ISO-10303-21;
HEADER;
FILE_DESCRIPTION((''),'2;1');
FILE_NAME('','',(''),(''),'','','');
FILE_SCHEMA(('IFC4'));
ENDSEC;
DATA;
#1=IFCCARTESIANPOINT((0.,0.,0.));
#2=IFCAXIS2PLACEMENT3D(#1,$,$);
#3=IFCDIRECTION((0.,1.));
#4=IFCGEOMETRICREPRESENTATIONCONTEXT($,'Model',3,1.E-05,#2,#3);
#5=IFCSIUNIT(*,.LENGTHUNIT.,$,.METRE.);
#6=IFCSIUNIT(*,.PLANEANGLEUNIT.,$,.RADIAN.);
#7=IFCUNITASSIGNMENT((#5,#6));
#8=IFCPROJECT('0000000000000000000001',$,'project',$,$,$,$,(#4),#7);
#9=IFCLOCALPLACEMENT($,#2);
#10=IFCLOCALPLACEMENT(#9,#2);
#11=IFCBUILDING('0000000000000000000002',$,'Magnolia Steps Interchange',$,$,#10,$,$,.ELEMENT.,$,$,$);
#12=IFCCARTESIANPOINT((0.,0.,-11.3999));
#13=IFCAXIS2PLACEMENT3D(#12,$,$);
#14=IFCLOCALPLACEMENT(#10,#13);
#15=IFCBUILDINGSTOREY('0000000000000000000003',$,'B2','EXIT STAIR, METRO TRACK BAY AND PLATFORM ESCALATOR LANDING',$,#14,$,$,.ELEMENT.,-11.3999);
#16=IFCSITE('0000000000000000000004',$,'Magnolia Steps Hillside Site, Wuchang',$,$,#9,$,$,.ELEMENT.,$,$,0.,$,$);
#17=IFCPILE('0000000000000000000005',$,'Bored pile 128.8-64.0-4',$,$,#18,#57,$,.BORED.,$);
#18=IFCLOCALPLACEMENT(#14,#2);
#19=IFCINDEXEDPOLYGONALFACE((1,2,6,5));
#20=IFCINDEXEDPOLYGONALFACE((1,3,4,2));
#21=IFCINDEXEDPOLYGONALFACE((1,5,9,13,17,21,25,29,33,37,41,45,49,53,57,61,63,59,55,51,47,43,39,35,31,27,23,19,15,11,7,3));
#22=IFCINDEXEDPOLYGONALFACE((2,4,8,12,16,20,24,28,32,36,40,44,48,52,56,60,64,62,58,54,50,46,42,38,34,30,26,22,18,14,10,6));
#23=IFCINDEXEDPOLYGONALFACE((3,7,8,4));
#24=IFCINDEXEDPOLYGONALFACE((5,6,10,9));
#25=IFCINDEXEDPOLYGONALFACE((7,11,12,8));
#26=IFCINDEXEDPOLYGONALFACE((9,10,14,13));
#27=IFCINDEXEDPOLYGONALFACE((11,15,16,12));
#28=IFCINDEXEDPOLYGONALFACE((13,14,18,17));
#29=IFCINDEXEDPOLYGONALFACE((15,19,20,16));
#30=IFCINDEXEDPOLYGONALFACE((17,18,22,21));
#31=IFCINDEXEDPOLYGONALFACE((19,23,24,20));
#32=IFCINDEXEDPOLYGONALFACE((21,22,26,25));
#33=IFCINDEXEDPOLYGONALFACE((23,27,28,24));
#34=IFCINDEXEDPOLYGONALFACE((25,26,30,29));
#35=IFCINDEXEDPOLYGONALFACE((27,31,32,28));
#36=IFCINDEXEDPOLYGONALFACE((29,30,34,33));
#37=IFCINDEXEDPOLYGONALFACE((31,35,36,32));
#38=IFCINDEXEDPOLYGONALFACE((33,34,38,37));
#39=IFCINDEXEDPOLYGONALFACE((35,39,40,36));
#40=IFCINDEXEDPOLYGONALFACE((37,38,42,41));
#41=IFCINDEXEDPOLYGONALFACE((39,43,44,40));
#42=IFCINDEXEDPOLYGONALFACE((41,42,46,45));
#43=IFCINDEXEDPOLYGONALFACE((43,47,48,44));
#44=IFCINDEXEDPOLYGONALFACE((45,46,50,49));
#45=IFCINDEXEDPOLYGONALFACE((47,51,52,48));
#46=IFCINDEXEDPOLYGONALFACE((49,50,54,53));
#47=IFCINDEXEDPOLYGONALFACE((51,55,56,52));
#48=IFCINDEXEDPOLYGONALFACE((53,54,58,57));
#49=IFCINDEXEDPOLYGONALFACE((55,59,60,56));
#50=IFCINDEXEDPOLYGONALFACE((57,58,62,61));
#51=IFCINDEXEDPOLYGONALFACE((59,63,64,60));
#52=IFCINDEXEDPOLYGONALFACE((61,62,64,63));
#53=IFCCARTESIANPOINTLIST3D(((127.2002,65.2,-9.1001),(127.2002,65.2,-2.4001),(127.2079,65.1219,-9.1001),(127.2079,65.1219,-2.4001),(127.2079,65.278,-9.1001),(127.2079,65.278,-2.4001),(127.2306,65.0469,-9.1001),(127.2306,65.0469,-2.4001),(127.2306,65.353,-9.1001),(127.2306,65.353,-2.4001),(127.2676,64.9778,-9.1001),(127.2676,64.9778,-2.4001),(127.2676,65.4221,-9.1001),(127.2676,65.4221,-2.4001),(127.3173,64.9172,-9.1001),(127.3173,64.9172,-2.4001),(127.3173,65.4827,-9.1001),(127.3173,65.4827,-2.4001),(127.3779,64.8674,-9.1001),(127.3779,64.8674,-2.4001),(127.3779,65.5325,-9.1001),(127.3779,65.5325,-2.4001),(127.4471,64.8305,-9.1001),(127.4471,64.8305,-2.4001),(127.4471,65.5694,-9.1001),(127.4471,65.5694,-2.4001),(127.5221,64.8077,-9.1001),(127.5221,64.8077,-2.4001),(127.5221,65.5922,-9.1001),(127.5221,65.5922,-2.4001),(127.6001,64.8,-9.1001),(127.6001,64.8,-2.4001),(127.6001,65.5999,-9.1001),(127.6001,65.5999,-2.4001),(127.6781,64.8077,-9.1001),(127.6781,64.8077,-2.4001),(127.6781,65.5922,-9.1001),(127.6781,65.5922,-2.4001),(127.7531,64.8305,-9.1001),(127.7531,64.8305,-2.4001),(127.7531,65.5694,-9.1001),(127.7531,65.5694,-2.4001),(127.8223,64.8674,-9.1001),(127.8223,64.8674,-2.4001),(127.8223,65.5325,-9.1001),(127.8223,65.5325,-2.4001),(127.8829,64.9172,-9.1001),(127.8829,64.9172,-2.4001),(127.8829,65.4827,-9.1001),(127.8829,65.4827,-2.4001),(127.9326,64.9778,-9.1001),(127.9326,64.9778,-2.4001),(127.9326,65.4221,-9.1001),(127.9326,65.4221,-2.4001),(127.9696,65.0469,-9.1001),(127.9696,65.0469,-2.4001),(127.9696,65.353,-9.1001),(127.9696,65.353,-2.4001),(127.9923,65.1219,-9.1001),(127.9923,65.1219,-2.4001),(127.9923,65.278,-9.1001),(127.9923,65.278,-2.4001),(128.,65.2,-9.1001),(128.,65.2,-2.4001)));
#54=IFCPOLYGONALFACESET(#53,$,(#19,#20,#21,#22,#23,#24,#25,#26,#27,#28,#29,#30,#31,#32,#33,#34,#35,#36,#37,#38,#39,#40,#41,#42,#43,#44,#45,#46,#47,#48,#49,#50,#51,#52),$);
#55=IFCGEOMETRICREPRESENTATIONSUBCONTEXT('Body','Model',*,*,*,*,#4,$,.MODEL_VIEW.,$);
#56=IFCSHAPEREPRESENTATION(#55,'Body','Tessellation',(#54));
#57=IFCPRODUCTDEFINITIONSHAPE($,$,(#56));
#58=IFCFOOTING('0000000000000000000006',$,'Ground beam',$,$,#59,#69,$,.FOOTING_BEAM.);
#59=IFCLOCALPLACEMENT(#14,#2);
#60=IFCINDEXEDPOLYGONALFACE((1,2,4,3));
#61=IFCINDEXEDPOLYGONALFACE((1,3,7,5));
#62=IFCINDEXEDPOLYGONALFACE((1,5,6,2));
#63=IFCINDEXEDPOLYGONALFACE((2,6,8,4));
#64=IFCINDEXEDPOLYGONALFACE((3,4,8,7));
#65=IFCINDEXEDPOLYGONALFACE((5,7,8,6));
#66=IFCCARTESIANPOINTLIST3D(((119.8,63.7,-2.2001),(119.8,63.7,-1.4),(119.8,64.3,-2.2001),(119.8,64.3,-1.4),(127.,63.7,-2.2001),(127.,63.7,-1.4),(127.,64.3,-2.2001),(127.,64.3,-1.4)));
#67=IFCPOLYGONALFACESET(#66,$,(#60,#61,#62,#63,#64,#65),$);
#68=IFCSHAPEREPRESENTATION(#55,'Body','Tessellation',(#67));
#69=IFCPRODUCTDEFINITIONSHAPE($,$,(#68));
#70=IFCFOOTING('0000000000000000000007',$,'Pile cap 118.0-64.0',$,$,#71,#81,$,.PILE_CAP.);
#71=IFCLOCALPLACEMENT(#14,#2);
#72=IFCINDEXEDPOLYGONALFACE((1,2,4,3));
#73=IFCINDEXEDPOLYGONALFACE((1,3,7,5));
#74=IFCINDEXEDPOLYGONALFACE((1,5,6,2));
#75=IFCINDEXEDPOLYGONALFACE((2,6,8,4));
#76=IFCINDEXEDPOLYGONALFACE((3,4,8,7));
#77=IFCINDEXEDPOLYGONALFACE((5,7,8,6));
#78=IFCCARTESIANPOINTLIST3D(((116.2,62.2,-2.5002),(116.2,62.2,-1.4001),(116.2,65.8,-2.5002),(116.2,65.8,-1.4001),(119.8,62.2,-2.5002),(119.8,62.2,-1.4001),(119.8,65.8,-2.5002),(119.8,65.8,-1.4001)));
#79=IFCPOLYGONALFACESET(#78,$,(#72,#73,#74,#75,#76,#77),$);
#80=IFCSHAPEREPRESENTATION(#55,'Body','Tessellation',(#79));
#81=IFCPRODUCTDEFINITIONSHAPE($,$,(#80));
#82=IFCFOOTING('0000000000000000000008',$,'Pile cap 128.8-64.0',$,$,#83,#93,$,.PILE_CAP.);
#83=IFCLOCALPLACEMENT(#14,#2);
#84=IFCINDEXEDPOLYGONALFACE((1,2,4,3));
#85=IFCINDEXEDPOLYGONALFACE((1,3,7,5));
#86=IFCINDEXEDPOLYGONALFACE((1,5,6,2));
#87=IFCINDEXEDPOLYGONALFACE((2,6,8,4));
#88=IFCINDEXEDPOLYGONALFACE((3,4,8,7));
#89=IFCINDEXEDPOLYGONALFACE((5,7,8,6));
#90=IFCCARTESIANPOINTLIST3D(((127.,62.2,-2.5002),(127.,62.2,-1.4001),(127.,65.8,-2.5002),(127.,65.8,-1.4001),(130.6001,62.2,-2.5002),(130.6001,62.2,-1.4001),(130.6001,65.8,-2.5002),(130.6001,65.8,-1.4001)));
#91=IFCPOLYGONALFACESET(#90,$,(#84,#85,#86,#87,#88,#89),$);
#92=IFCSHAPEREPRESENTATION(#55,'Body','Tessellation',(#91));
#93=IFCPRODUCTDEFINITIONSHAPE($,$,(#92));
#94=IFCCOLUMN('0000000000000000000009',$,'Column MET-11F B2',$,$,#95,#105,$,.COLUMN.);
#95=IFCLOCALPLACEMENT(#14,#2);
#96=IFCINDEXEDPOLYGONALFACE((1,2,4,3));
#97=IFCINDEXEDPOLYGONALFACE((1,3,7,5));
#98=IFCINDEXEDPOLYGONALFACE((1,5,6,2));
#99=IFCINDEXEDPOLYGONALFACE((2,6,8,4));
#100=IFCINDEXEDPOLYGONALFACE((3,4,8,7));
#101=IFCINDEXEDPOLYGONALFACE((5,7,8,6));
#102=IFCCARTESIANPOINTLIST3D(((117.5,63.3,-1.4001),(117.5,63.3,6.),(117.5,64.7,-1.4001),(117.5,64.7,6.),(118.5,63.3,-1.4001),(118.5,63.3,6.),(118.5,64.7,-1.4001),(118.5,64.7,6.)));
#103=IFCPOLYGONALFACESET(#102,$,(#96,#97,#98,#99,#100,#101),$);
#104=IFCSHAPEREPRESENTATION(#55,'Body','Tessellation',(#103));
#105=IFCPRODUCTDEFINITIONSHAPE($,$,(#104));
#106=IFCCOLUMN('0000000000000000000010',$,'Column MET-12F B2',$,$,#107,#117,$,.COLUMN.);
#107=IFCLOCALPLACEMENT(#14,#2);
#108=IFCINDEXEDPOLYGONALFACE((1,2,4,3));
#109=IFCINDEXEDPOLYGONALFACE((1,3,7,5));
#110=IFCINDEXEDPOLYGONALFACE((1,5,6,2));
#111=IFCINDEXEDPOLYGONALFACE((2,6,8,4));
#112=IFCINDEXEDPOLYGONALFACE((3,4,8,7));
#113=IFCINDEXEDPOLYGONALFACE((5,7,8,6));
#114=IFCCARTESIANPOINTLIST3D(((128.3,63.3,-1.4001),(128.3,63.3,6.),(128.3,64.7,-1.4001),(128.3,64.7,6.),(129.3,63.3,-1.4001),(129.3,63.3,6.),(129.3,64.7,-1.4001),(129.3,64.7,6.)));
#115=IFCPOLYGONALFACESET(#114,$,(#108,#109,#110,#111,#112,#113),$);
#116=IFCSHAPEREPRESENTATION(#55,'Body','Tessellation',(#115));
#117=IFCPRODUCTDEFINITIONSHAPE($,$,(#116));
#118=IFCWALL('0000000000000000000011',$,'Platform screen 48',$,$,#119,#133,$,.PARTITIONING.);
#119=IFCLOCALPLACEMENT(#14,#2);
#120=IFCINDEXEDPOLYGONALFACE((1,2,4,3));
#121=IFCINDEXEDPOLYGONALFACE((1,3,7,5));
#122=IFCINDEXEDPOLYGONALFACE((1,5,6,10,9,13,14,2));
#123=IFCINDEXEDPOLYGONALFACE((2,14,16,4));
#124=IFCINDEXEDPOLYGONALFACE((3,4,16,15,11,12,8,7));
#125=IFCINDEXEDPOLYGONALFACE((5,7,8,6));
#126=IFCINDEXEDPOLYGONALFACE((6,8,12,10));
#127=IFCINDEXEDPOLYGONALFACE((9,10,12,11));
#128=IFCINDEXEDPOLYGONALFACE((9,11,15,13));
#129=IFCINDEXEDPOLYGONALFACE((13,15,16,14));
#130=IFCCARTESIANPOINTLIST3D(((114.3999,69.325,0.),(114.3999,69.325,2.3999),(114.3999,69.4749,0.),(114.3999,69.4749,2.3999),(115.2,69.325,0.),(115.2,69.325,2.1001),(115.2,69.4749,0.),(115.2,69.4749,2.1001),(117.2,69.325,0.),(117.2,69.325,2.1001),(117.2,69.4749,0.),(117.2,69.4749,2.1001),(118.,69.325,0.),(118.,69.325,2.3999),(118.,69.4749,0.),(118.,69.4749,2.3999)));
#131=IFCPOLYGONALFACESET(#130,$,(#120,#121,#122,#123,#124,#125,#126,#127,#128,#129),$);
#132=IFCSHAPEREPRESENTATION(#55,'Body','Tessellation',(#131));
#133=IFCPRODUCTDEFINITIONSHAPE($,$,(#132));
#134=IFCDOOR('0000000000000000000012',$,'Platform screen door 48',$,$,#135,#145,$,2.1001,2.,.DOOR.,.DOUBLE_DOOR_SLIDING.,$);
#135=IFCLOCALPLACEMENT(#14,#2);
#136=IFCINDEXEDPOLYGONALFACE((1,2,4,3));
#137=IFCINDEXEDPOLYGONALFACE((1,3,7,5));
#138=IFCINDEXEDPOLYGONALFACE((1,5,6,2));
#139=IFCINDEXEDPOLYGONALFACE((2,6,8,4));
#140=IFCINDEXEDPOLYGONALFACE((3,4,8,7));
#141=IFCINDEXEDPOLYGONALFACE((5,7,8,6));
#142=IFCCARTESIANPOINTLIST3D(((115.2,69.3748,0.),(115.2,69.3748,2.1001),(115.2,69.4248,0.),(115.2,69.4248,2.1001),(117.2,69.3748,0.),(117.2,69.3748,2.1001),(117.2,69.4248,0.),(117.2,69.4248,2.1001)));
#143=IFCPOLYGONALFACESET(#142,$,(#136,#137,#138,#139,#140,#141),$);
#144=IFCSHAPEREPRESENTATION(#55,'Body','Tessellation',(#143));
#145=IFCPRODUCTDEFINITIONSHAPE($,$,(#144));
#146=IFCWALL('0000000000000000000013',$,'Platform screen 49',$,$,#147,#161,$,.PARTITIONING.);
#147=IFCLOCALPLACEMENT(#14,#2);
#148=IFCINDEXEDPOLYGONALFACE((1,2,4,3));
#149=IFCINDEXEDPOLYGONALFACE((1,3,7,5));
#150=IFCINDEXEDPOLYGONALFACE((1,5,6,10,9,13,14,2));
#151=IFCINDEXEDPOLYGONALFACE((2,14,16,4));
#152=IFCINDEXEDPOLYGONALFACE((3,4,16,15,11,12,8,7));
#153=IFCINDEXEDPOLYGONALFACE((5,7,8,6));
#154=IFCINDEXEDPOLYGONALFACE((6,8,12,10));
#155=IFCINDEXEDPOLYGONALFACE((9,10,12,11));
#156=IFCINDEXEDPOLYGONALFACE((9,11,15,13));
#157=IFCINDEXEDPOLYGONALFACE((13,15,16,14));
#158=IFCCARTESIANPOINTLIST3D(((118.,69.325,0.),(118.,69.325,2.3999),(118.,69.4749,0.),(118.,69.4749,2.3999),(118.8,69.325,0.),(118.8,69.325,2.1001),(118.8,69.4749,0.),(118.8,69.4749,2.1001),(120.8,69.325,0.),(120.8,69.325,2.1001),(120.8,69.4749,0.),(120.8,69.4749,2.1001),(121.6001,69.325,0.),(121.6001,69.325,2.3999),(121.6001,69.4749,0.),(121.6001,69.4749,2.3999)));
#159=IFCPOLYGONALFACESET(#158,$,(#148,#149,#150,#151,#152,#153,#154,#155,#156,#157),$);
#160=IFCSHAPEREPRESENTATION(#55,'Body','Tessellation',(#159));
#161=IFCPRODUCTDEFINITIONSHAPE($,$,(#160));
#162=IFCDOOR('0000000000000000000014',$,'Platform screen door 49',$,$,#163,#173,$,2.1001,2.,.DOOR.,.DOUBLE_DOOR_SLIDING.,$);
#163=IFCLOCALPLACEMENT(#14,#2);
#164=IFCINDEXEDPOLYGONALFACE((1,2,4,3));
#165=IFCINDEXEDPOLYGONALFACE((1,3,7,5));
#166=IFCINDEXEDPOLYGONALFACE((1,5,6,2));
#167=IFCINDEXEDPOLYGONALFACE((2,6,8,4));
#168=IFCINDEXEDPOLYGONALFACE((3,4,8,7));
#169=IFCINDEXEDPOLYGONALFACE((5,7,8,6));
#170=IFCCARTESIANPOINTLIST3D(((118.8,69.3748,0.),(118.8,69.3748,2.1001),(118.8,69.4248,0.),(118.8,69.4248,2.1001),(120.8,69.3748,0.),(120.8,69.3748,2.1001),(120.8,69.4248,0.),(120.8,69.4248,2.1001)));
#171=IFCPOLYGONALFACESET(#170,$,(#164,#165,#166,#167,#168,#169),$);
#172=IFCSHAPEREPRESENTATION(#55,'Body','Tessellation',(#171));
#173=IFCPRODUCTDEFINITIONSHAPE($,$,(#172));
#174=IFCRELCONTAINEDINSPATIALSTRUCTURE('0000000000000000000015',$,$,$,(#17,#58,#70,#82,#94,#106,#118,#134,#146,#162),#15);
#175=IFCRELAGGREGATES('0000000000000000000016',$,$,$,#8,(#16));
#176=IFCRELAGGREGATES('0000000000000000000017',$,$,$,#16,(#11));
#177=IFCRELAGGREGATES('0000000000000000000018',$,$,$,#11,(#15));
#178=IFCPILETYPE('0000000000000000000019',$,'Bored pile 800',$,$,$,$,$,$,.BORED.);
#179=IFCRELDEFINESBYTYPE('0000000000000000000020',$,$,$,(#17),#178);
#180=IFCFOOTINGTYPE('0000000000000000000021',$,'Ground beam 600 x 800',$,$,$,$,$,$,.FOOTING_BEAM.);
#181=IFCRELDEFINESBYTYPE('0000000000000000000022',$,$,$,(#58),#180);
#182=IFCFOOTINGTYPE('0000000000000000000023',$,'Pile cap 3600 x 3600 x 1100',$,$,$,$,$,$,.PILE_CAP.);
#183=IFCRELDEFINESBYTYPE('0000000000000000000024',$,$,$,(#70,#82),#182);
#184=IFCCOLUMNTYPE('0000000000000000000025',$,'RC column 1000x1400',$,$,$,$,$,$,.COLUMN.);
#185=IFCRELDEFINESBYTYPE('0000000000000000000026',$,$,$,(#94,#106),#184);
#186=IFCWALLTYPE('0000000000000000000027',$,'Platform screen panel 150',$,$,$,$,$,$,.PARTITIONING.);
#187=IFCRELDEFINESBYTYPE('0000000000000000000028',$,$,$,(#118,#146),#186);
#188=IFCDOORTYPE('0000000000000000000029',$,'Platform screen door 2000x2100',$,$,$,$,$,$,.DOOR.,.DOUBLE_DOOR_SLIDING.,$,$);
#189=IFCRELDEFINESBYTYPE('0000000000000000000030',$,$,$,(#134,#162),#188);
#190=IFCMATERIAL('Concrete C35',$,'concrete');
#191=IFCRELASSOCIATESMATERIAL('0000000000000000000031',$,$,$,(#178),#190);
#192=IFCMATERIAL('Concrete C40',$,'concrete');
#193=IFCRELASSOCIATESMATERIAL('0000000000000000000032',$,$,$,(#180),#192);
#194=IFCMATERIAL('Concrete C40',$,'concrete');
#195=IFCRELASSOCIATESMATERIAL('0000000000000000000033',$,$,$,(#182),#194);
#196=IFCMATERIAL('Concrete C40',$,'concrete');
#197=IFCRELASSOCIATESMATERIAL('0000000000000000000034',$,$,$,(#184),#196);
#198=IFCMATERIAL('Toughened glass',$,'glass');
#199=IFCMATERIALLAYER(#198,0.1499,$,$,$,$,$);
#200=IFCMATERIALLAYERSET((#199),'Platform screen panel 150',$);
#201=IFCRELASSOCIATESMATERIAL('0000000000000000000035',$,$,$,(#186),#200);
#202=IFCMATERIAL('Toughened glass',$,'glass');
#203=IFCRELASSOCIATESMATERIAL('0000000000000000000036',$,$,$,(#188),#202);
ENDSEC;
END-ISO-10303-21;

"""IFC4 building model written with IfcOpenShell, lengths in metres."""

from ifc_helpers import new_model, si_unit, direction, frame, frame_2d, origin, origin_2d, place, context, subcontext, project, spatial, rectangle, circle, extrude, material, layer, layer_set, material_profile, profile_set, type_object, element, fill, save


model = new_model("IFC4")

# Units and contexts
model_context = context("Model", 3, precision=1e-05, world=origin(), true_north=direction((0.0, 1.0)))
body_context = subcontext(model_context, "Body", "Model", "MODEL_VIEW")
ifc_project = project(units=[si_unit("LENGTHUNIT", "METRE"), si_unit("PLANEANGLEUNIT", "RADIAN")], contexts=[model_context])

# Site, building, storey
site_placement = place(None, origin())
site = spatial("IfcSite", under=ifc_project, at=site_placement, Name="Magnolia Steps Hillside Site, Wuchang", CompositionType="ELEMENT", RefElevation=0.0)
building_placement = place(site_placement, origin())
building = spatial("IfcBuilding", under=site, at=building_placement, Name="Magnolia Steps Interchange", CompositionType="ELEMENT")
storey_placement = place(building_placement, frame((0.0, 0.0, -11.3999)))
storey = spatial("IfcBuildingStorey", under=building, at=storey_placement, Name="B2", Description="EXIT STAIR, METRO TRACK BAY AND PLATFORM ESCALATOR LANDING", CompositionType="ELEMENT", Elevation=-11.3999)

# Pile
ifc_material_1 = material(Name="Concrete C35", Category="concrete")
ifc_material_profile_1 = material_profile(ifc_material_1, circle(Radius=0.3999, at=origin_2d()), Name="Bored pile 800")
ifc_profile_set_1 = profile_set([ifc_material_profile_1], Name="Concrete C35")
pile_type_1 = type_object("IfcPileType", Name="Bored pile 800", PredefinedType="BORED", material=ifc_profile_set_1)
for number, where, z_axis, x_axis, name in (
    (1, (127.6001, 65.2, -2.4001), (0.0, 0.0, -1.0), (1.0, 0.0, 0.0), "Bored pile 128.8-64.0-4"),
):
    element("IfcPile", number, at=place(storey_placement, frame(where, z_axis=z_axis, x_axis=x_axis)), inside=storey, type_object=pile_type_1, Name=name, PredefinedType="BORED", context=body_context, shape_type="SweptSolid", body=[
        extrude(circle(Radius=0.3999, at=origin_2d()), origin(), (0.0, 0.0, 1.0), 6.7),
    ])

# Footings
ifc_material_2 = material(Name="Concrete C40", Category="concrete")
ifc_material_profile_2 = material_profile(ifc_material_2, rectangle(XDim=0.6001, YDim=0.8, at=origin_2d()), Name="RC600x800")
ifc_profile_set_2 = profile_set([ifc_material_profile_2], Name="Concrete C40")
footing_type_1 = type_object("IfcFootingType", Name="Ground beam 600 x 800", PredefinedType="FOOTING_BEAM", material=ifc_profile_set_2)
footing_placement = place(storey_placement, frame((119.8, 64.0, -1.8), z_axis=(1.0, 0.0, 0.0), x_axis=(0.0, 1.0, 0.0)))
element("IfcFooting", 2, at=footing_placement, inside=storey, type_object=footing_type_1, Name="Ground beam", PredefinedType="FOOTING_BEAM", context=body_context, shape_type="SweptSolid", body=[
    extrude(rectangle(XDim=0.6001, YDim=0.8, at=origin_2d()), origin(), (0.0, 0.0, 1.0), 7.2),
])
ifc_material_3 = material(Name="Concrete C40", Category="concrete")
footing_type_2 = type_object("IfcFootingType", Name="Pile cap 3600 x 3600 x 1100", PredefinedType="PILE_CAP", material=ifc_material_3)
for number, where, z_axis, x_axis, name in (
    (3, (118.0, 64.0, -2.5002), (0.0, 0.0, 1.0), (1.0, 0.0, 0.0), "Pile cap 118.0-64.0"),
    (4, (128.8, 64.0, -2.5002), (0.0, 0.0, 1.0), (1.0, 0.0, 0.0), "Pile cap 128.8-64.0"),
):
    element("IfcFooting", number, at=place(storey_placement, frame(where, z_axis=z_axis, x_axis=x_axis)), inside=storey, type_object=footing_type_2, Name=name, PredefinedType="PILE_CAP", context=body_context, shape_type="SweptSolid", body=[
        extrude(rectangle(XDim=3.6001, YDim=3.6001, at=origin_2d()), origin(), (0.0, 0.0, 1.0), 1.1001),
    ])

# Columns
ifc_material_4 = material(Name="Concrete C40", Category="concrete")
ifc_material_profile_3 = material_profile(ifc_material_4, rectangle(XDim=1.0, YDim=1.3999, at=origin_2d()), Name="RC1000x1400")
ifc_profile_set_3 = profile_set([ifc_material_profile_3], Name="Concrete C40")
column_type = type_object("IfcColumnType", Name="RC column 1000x1400", PredefinedType="COLUMN", material=ifc_profile_set_3)
for number, where, z_axis, x_axis, name in (
    (5, (118.0, 64.0, -1.4001), (0.0, 0.0, 1.0), (1.0, 0.0, 0.0), "Column MET-11F B2"),
    (6, (128.8, 64.0, -1.4001), (0.0, 0.0, 1.0), (1.0, 0.0, 0.0), "Column MET-12F B2"),
):
    element("IfcColumn", number, at=place(storey_placement, frame(where, z_axis=z_axis, x_axis=x_axis)), inside=storey, type_object=column_type, Name=name, PredefinedType="COLUMN", context=body_context, shape_type="SweptSolid", body=[
        extrude(rectangle(XDim=1.0, YDim=1.3999, at=origin_2d()), origin(), (0.0, 0.0, 1.0), 7.4001),
    ])

# Walls, openings, doors
ifc_material_5 = material(Name="Toughened glass", Category="glass")
ifc_layer = layer(ifc_material_5, 0.1499)
ifc_layer_set = layer_set([ifc_layer], Name="Platform screen panel 150")
wall_type = type_object("IfcWallType", Name="Platform screen panel 150", PredefinedType="PARTITIONING", material=ifc_layer_set)
wall_1_placement = place(storey_placement, frame((114.3999, 69.3999, 0.0), z_axis=(0.0, 0.0, 1.0), x_axis=(1.0, 0.0, 0.0)))
wall_1 = element("IfcWall", 7, at=wall_1_placement, inside=storey, type_object=wall_type, Name="Platform screen 48", PredefinedType="PARTITIONING", context=body_context, shape_type="SweptSolid", body=[
    extrude(rectangle(XDim=3.6001, YDim=0.1499, at=frame_2d((1.8, 0.0))), origin(), (0.0, 0.0, 1.0), 2.3999),
])
opening_1_placement = place(wall_1_placement, frame((0.8, 0.0, 0.0)))
opening_1 = element("IfcOpeningElement", 8, at=opening_1_placement, cuts=wall_1, PredefinedType="OPENING", context=body_context, shape_type="SweptSolid", body=[
    extrude(rectangle(XDim=2.0, YDim=2.1001, at=frame_2d((1.0, 1.05))), frame((0.0, 0.085, 0.0), z_axis=(0.0, -1.0, 0.0), x_axis=(1.0, 0.0, 0.0)), (0.0, 0.0, 1.0), 0.1699),
])
ifc_material_6 = material(Name="Toughened glass", Category="glass")
door_type = type_object("IfcDoorType", Name="Platform screen door 2000x2100", OperationType="DOUBLE_DOOR_SLIDING", PredefinedType="DOOR", material=ifc_material_6)
door_1_placement = place(opening_1_placement, origin())
door_1 = element("IfcDoor", 9, at=door_1_placement, inside=storey, type_object=door_type, Name="Platform screen door 48", OperationType="DOUBLE_DOOR_SLIDING", OverallHeight=2.1001, OverallWidth=2.0, PredefinedType="DOOR", context=body_context, shape_type="SweptSolid", body=[
    extrude(rectangle(XDim=2.0, YDim=2.1001, at=frame_2d((1.0, 1.05))), frame((0.0, 0.0249, 0.0), z_axis=(0.0, -1.0, 0.0), x_axis=(1.0, 0.0, 0.0)), (0.0, 0.0, 1.0), 0.05),
])
fill(opening_1, door_1)
wall_2_placement = place(storey_placement, frame((118.0, 69.3999, 0.0), z_axis=(0.0, 0.0, 1.0), x_axis=(1.0, 0.0, 0.0)))
wall_2 = element("IfcWall", 10, at=wall_2_placement, inside=storey, type_object=wall_type, Name="Platform screen 49", PredefinedType="PARTITIONING", context=body_context, shape_type="SweptSolid", body=[
    extrude(rectangle(XDim=3.6001, YDim=0.1499, at=frame_2d((1.8, 0.0))), origin(), (0.0, 0.0, 1.0), 2.3999),
])
opening_2_placement = place(wall_2_placement, frame((0.8, 0.0, 0.0)))
opening_2 = element("IfcOpeningElement", 11, at=opening_2_placement, cuts=wall_2, PredefinedType="OPENING", context=body_context, shape_type="SweptSolid", body=[
    extrude(rectangle(XDim=2.0, YDim=2.1001, at=frame_2d((1.0, 1.05))), frame((0.0, 0.085, 0.0), z_axis=(0.0, -1.0, 0.0), x_axis=(1.0, 0.0, 0.0)), (0.0, 0.0, 1.0), 0.1699),
])
door_2_placement = place(opening_2_placement, origin())
door_2 = element("IfcDoor", 12, at=door_2_placement, inside=storey, type_object=door_type, Name="Platform screen door 49", OperationType="DOUBLE_DOOR_SLIDING", OverallHeight=2.1001, OverallWidth=2.0, PredefinedType="DOOR", context=body_context, shape_type="SweptSolid", body=[
    extrude(rectangle(XDim=2.0, YDim=2.1001, at=frame_2d((1.0, 1.05))), frame((0.0, 0.0249, 0.0), z_axis=(0.0, -1.0, 0.0), x_axis=(1.0, 0.0, 0.0)), (0.0, 0.0, 1.0), 0.05),
])
fill(opening_2, door_2)

save(model, "model.ifc")
